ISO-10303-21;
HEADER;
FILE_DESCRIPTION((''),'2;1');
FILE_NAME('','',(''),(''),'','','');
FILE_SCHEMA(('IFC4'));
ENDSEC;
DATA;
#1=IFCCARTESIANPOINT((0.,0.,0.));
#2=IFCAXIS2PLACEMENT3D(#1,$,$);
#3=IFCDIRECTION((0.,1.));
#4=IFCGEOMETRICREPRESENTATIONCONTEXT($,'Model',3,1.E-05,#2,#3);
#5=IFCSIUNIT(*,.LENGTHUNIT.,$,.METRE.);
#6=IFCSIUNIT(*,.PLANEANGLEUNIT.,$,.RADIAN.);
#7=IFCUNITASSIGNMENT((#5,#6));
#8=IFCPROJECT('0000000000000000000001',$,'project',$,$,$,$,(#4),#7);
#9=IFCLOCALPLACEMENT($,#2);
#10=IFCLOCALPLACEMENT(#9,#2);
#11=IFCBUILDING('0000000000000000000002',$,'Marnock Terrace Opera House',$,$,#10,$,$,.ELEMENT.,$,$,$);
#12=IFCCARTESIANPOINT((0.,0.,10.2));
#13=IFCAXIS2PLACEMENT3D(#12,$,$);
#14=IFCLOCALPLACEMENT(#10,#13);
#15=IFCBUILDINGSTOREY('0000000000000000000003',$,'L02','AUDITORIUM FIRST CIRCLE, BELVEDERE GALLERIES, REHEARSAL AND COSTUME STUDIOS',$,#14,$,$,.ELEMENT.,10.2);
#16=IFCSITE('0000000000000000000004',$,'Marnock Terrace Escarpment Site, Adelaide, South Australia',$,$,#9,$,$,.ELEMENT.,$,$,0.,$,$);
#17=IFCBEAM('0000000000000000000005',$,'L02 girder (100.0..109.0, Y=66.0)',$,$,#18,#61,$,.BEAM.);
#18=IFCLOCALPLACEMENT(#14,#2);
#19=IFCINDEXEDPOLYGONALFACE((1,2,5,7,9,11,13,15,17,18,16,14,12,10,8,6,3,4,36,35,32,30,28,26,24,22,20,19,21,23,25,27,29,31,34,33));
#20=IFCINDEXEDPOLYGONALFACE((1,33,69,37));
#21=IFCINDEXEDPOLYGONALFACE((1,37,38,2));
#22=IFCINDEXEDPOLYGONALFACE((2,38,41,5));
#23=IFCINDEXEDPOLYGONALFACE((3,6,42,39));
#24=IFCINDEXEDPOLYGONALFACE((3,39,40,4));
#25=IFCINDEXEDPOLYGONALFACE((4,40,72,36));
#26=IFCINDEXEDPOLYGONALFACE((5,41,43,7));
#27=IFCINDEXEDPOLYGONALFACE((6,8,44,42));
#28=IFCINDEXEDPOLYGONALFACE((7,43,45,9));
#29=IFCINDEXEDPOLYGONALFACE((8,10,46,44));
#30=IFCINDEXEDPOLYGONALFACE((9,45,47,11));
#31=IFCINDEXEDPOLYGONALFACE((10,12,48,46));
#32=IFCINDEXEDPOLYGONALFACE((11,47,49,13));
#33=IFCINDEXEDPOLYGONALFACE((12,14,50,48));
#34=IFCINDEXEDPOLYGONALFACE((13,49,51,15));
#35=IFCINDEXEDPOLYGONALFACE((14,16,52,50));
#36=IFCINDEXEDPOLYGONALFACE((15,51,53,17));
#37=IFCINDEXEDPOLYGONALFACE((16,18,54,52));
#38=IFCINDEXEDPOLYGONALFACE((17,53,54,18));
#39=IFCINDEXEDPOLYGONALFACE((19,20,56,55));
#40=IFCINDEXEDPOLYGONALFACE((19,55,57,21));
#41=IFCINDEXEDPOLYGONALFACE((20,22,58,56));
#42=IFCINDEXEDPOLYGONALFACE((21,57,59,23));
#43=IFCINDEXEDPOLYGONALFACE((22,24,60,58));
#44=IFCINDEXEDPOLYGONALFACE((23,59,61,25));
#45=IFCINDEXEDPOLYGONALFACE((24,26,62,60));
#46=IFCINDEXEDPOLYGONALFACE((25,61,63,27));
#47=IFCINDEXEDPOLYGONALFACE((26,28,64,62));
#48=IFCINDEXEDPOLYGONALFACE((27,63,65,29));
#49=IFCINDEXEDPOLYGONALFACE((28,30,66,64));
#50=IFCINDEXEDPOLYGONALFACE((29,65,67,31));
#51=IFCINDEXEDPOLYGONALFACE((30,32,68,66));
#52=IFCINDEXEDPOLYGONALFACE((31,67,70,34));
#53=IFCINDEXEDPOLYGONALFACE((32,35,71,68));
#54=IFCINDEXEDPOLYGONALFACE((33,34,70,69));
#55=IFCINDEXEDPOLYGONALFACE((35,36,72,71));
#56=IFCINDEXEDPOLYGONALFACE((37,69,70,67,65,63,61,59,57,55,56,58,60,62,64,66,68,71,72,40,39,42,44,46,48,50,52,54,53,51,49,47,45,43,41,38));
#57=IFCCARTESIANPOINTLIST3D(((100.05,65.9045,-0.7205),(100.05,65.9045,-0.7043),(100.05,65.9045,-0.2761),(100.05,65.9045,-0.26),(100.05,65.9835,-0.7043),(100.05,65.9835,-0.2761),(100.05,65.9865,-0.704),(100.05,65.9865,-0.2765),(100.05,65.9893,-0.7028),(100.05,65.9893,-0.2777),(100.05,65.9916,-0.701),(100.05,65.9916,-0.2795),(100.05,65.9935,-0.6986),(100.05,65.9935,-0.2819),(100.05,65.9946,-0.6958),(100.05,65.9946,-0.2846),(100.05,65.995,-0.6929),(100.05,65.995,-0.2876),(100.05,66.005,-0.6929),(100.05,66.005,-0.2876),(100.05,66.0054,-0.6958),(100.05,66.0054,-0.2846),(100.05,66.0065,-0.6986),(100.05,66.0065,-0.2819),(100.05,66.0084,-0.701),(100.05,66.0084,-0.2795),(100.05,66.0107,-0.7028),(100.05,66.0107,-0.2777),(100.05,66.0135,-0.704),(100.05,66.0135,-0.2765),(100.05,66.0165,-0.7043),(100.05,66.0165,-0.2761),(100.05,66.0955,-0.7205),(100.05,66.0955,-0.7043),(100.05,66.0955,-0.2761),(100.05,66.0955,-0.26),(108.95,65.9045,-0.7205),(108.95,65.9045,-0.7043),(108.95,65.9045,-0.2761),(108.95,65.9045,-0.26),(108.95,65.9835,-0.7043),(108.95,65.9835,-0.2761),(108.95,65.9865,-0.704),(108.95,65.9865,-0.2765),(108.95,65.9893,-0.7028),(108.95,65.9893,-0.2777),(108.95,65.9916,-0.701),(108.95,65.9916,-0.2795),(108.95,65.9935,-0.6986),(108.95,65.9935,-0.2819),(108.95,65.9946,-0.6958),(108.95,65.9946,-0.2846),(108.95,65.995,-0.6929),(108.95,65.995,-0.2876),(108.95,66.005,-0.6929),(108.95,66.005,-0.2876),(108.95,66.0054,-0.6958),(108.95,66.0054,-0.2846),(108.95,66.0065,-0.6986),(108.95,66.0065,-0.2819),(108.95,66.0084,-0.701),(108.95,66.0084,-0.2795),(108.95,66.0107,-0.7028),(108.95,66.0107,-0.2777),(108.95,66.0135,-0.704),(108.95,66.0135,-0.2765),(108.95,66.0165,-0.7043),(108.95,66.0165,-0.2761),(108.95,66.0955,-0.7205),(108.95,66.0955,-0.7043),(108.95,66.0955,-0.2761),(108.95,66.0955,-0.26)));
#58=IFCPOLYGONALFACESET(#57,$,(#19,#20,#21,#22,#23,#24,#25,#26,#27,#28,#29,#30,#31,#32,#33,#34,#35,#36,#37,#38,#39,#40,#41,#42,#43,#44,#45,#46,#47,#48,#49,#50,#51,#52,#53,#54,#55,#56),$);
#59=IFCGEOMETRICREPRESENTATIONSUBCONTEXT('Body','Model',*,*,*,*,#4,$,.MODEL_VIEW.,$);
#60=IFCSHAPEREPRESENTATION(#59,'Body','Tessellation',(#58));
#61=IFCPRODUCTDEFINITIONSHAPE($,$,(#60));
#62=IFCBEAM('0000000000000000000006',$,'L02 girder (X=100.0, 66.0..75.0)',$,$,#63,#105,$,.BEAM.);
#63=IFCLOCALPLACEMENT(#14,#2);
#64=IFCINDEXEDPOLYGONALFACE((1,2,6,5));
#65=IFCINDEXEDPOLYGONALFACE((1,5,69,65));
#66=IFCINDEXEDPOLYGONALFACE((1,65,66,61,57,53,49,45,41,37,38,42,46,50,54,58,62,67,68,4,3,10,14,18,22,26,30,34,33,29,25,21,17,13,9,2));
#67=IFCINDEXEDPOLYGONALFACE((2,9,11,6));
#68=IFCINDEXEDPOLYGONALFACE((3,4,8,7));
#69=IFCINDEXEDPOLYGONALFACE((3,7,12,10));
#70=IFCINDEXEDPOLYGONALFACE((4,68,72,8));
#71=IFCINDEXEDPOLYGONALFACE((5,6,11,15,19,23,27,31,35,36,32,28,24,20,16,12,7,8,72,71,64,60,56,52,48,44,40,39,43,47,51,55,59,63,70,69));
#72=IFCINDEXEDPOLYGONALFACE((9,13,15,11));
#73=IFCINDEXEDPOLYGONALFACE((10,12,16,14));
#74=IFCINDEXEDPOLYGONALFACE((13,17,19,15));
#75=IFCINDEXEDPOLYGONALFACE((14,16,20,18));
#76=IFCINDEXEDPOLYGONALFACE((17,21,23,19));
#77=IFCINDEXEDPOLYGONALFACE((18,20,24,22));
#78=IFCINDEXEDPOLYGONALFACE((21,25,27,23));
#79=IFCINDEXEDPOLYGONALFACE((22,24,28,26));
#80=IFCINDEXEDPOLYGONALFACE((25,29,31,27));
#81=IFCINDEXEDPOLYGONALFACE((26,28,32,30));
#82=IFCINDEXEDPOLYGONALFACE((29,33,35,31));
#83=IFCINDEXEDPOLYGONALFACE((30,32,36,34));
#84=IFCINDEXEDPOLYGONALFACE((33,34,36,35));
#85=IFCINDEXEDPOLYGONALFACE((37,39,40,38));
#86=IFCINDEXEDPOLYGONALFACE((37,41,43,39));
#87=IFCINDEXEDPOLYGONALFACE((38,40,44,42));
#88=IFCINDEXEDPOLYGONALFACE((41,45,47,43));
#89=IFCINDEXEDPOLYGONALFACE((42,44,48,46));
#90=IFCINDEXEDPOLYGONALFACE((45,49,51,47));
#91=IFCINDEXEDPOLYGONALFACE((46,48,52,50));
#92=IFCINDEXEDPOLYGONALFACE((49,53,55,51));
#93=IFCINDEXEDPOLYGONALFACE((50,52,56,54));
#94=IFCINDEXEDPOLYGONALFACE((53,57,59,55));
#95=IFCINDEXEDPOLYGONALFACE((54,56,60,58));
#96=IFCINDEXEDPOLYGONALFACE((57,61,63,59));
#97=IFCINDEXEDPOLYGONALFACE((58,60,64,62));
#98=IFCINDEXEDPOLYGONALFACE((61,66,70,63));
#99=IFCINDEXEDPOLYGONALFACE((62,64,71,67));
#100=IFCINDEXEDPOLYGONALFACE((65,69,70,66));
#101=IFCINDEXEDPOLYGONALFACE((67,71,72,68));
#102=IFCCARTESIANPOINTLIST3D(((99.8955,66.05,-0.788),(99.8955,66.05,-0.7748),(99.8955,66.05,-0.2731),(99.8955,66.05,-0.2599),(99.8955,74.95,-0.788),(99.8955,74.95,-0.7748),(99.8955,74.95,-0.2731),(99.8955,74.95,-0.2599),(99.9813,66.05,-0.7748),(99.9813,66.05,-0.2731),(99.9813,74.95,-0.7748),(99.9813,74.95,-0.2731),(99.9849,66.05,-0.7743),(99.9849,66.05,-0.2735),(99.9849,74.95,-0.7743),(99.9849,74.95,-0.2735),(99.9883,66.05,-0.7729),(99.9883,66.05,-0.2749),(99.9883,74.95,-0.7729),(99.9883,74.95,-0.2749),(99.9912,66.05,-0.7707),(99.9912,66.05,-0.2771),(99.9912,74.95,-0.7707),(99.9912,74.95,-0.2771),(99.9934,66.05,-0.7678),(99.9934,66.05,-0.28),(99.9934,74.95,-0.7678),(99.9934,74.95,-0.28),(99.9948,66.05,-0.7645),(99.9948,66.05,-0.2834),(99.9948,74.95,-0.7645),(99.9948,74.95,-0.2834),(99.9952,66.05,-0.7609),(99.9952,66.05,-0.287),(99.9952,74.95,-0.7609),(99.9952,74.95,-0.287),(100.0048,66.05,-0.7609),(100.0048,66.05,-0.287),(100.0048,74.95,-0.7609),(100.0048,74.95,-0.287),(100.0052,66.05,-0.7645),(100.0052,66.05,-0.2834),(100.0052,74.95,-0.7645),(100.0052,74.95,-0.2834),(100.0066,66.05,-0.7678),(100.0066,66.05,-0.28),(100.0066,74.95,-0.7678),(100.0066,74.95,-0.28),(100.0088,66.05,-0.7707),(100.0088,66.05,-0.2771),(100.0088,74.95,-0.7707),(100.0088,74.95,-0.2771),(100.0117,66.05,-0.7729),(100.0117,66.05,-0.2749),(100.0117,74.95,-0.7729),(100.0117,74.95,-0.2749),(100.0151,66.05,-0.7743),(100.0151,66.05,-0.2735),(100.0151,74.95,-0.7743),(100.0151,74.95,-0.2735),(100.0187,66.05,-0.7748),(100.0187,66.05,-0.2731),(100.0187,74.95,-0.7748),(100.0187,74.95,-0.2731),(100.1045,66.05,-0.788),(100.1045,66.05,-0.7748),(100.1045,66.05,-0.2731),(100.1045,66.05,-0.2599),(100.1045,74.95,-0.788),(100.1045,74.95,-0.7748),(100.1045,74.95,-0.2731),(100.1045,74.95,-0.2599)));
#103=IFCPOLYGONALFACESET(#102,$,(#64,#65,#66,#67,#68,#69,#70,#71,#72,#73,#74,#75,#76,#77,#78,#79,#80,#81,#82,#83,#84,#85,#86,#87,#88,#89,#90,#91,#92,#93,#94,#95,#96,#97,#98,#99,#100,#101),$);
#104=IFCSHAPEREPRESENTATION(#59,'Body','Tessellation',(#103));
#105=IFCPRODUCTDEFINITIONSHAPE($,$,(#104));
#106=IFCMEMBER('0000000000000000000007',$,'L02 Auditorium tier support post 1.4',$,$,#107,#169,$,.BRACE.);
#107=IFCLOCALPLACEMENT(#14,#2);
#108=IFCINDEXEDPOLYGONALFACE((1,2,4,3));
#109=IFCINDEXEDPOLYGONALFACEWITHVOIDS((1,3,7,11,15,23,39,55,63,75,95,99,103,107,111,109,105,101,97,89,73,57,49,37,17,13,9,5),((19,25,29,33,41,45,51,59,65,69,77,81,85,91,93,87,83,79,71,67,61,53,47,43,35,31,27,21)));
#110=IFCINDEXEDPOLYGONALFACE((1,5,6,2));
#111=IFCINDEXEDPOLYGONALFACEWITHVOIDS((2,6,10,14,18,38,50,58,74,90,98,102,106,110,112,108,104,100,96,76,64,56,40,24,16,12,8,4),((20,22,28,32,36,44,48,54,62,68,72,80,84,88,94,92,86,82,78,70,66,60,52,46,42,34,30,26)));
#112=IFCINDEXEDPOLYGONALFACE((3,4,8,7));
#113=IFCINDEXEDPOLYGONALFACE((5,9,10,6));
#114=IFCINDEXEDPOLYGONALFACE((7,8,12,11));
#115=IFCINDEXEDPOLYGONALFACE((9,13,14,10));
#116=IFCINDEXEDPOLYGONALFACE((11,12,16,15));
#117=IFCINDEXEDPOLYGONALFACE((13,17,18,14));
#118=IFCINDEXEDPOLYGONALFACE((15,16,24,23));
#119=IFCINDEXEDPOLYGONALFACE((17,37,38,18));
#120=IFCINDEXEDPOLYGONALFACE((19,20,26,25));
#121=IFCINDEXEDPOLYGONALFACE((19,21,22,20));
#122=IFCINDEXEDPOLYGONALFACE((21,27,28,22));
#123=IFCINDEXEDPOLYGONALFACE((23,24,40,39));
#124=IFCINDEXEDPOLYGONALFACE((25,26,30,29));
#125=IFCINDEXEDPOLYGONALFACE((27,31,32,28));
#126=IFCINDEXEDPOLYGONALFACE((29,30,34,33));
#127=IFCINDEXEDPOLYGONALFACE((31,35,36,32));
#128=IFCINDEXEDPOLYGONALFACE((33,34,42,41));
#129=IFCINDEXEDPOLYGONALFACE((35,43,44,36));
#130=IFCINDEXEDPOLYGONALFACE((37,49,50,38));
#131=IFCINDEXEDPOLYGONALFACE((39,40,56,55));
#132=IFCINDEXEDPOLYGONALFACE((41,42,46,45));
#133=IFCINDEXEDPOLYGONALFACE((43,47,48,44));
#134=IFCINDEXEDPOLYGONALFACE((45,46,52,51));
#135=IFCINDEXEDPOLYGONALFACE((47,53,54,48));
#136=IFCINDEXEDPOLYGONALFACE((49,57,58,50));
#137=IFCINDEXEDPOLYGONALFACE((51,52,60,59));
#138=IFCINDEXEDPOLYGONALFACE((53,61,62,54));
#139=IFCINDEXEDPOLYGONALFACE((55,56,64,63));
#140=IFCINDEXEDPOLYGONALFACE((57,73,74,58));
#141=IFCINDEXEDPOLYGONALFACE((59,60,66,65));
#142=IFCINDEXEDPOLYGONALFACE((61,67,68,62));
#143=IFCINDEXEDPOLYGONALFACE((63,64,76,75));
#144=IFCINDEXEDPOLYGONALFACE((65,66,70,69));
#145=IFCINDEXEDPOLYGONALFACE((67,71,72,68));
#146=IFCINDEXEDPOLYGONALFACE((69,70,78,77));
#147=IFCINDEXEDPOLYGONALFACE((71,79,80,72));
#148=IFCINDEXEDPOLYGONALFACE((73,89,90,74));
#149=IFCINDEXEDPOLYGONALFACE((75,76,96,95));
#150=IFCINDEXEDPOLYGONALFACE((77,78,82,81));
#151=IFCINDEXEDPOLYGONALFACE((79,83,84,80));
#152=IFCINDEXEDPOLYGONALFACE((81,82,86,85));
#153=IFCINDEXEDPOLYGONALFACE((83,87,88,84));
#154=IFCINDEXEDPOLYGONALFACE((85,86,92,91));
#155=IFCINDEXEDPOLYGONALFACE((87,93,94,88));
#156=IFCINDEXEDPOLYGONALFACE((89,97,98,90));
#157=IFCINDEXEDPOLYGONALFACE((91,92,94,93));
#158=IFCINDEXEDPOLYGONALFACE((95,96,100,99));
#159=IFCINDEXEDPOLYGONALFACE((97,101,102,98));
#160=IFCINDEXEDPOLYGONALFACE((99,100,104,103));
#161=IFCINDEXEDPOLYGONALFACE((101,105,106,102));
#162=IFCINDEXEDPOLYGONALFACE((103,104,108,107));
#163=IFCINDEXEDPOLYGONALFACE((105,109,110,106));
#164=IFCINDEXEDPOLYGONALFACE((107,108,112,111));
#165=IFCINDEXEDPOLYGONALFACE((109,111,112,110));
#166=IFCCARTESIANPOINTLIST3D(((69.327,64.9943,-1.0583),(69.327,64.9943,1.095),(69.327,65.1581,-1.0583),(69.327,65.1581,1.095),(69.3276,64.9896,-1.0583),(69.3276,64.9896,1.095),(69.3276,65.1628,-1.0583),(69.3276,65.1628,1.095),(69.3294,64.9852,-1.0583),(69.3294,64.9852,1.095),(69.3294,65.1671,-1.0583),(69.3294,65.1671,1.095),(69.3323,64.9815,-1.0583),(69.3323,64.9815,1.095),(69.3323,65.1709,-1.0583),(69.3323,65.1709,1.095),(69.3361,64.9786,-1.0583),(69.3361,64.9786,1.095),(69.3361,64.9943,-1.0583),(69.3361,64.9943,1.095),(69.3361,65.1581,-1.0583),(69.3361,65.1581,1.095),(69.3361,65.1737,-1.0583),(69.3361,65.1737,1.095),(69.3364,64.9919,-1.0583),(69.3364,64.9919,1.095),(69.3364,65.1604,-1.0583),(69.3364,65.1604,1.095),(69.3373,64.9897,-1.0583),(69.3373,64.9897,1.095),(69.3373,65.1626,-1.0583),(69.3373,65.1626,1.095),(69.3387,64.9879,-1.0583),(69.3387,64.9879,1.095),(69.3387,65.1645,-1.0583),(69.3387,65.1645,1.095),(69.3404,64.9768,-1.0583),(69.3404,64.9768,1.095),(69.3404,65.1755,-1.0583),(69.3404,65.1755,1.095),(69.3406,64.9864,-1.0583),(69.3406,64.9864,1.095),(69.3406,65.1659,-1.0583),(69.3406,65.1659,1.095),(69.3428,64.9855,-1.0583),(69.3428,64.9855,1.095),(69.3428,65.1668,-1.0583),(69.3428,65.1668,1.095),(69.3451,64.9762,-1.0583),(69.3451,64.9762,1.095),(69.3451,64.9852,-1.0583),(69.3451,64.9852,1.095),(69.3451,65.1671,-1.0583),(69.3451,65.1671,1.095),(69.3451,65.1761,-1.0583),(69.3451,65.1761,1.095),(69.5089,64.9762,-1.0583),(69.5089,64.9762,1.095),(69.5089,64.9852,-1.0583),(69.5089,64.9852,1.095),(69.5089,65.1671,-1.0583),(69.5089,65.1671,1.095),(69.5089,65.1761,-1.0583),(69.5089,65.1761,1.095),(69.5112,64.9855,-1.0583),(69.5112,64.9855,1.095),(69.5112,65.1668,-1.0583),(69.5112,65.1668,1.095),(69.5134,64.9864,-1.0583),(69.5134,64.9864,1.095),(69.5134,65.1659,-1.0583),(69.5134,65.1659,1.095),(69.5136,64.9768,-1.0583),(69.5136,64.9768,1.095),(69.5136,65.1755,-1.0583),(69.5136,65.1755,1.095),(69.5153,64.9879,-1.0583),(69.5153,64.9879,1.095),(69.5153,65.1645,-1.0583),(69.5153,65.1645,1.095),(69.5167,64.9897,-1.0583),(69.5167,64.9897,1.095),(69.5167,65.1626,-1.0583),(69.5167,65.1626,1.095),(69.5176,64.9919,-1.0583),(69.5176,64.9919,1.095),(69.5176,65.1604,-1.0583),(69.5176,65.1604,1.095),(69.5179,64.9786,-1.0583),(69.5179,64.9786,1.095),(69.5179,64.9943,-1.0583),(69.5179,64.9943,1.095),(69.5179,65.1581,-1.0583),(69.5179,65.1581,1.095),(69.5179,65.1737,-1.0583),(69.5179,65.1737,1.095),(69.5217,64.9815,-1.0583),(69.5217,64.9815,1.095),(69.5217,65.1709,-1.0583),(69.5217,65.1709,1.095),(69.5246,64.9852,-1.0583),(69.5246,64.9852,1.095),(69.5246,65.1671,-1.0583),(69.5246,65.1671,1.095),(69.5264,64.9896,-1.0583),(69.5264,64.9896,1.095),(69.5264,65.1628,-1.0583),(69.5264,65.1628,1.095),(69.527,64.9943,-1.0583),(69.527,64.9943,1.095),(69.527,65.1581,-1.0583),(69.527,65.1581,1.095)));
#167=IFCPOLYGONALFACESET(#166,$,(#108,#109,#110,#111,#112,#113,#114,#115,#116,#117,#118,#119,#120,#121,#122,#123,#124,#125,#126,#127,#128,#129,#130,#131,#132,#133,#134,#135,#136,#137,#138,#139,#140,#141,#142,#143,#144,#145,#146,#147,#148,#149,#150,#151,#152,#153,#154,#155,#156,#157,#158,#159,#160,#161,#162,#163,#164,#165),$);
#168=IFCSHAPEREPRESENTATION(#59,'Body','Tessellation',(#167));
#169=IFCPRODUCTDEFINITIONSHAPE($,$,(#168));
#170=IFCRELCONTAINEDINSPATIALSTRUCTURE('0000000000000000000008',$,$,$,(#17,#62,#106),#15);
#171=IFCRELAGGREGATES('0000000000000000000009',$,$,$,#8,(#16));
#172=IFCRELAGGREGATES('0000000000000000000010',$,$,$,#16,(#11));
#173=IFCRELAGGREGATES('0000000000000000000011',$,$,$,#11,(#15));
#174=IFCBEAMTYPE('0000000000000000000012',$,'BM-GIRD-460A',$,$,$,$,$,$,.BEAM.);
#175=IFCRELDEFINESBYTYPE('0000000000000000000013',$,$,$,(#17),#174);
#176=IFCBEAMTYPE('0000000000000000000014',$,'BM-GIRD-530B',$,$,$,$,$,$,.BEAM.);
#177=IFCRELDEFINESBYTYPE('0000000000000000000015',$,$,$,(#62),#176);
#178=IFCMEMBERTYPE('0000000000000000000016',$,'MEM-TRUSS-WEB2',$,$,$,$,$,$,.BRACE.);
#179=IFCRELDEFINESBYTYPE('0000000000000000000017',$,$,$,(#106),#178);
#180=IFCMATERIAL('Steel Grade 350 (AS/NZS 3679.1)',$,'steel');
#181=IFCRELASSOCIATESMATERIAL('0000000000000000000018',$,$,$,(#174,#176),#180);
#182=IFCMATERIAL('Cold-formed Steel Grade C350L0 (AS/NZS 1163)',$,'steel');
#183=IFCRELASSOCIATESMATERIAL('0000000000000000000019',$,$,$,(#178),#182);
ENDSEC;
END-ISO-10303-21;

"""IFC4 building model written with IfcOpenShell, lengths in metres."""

from ifc_helpers import new_model, si_unit, direction, frame, origin, origin_2d, place, context, subcontext, project, spatial, hollow_rectangle, i_section, extrude, material, material_profile, profile_set, type_object, element, save


model = new_model("IFC4")

# Units and contexts
model_context = context("Model", 3, precision=1e-05, world=origin(), true_north=direction((0.0, 1.0)))
body_context = subcontext(model_context, "Body", "Model", "MODEL_VIEW")
ifc_project = project(units=[si_unit("LENGTHUNIT", "METRE"), si_unit("PLANEANGLEUNIT", "RADIAN")], contexts=[model_context])

# Site, building, storey
site_placement = place(None, origin())
site = spatial("IfcSite", under=ifc_project, at=site_placement, Name="Marnock Terrace Escarpment Site, Adelaide, South Australia", CompositionType="ELEMENT", RefElevation=0.0)
building_placement = place(site_placement, origin())
building = spatial("IfcBuilding", under=site, at=building_placement, Name="Marnock Terrace Opera House", CompositionType="ELEMENT")
storey_placement = place(building_placement, frame((0.0, 0.0, 10.2)))
storey = spatial("IfcBuildingStorey", under=building, at=storey_placement, Name="L02", Description="AUDITORIUM FIRST CIRCLE, BELVEDERE GALLERIES, REHEARSAL AND COSTUME STUDIOS", CompositionType="ELEMENT", Elevation=10.2)

# Beams
ifc_material_1 = material(Name="Steel Grade 350 (AS/NZS 3679.1)", Category="steel")
ifc_material_profile_1 = material_profile(ifc_material_1, i_section(OverallWidth=0.1909, OverallDepth=0.4604, WebThickness=0.01, FlangeThickness=0.0161, FilletRadius=0.0115, at=origin_2d()))
ifc_profile_set_1 = profile_set([ifc_material_profile_1], Name="Steel Grade 350 (AS/NZS 3679.1)")
beam_type_1 = type_object("IfcBeamType", Name="BM-GIRD-460A", PredefinedType="BEAM", material=ifc_profile_set_1)
beam_1_placement = place(storey_placement, frame((100.05, 66.0, -0.4902), z_axis=(1.0, 0.0, 0.0), x_axis=(0.0, 1.0, 0.0)))
element("IfcBeam", 1, at=beam_1_placement, inside=storey, type_object=beam_type_1, Name="L02 girder (100.0..109.0, Y=66.0)", PredefinedType="BEAM", context=body_context, shape_type="SweptSolid", body=[
    extrude(i_section(OverallWidth=0.1909, OverallDepth=0.4604, WebThickness=0.01, FlangeThickness=0.0161, FilletRadius=0.0115, at=origin_2d()), origin(), (0.0, 0.0, 1.0), 8.8999),
])
ifc_material_profile_2 = material_profile(ifc_material_1, i_section(OverallWidth=0.209, OverallDepth=0.5281, WebThickness=0.0095, FlangeThickness=0.0132, FilletRadius=0.0139, at=origin_2d()))
ifc_profile_set_2 = profile_set([ifc_material_profile_2], Name="Steel Grade 350 (AS/NZS 3679.1)")
beam_type_2 = type_object("IfcBeamType", Name="BM-GIRD-530B", PredefinedType="BEAM", material=ifc_profile_set_2)
beam_2_placement = place(storey_placement, frame((100.0, 66.05, -0.5239), z_axis=(0.0, 1.0, 0.0), x_axis=(-1.0, 0.0, 0.0)))
element("IfcBeam", 2, at=beam_2_placement, inside=storey, type_object=beam_type_2, Name="L02 girder (X=100.0, 66.0..75.0)", PredefinedType="BEAM", context=body_context, shape_type="SweptSolid", body=[
    extrude(i_section(OverallWidth=0.209, OverallDepth=0.5281, WebThickness=0.0095, FlangeThickness=0.0132, FilletRadius=0.0139, at=origin_2d()), origin(), (0.0, 0.0, 1.0), 8.8999),
])

# Member
ifc_material_2 = material(Name="Cold-formed Steel Grade C350L0 (AS/NZS 1163)", Category="steel")
ifc_material_profile_3 = material_profile(ifc_material_2, hollow_rectangle(XDim=0.2, YDim=0.2, WallThickness=0.009, InnerFilletRadius=0.009, OuterFilletRadius=0.0181, at=origin_2d()))
ifc_profile_set_3 = profile_set([ifc_material_profile_3], Name="Cold-formed Steel Grade C350L0 (AS/NZS 1163)")
member_type = type_object("IfcMemberType", Name="MEM-TRUSS-WEB2", PredefinedType="BRACE", material=ifc_profile_set_3)
member_1_placement = place(storey_placement, frame((69.427, 65.0762, -1.0583), z_axis=(0.0, 0.0, 1.0), x_axis=(1.0, 0.0, 0.0)))
element("IfcMember", 3, at=member_1_placement, inside=storey, type_object=member_type, Name="L02 Auditorium tier support post 1.4", PredefinedType="BRACE", context=body_context, shape_type="SweptSolid", body=[
    extrude(hollow_rectangle(XDim=0.2, YDim=0.2, WallThickness=0.009, InnerFilletRadius=0.009, OuterFilletRadius=0.0181, at=origin_2d()), origin(), (0.0, 0.0, 1.0), 2.1533),
])

save(model, "model.ifc")
